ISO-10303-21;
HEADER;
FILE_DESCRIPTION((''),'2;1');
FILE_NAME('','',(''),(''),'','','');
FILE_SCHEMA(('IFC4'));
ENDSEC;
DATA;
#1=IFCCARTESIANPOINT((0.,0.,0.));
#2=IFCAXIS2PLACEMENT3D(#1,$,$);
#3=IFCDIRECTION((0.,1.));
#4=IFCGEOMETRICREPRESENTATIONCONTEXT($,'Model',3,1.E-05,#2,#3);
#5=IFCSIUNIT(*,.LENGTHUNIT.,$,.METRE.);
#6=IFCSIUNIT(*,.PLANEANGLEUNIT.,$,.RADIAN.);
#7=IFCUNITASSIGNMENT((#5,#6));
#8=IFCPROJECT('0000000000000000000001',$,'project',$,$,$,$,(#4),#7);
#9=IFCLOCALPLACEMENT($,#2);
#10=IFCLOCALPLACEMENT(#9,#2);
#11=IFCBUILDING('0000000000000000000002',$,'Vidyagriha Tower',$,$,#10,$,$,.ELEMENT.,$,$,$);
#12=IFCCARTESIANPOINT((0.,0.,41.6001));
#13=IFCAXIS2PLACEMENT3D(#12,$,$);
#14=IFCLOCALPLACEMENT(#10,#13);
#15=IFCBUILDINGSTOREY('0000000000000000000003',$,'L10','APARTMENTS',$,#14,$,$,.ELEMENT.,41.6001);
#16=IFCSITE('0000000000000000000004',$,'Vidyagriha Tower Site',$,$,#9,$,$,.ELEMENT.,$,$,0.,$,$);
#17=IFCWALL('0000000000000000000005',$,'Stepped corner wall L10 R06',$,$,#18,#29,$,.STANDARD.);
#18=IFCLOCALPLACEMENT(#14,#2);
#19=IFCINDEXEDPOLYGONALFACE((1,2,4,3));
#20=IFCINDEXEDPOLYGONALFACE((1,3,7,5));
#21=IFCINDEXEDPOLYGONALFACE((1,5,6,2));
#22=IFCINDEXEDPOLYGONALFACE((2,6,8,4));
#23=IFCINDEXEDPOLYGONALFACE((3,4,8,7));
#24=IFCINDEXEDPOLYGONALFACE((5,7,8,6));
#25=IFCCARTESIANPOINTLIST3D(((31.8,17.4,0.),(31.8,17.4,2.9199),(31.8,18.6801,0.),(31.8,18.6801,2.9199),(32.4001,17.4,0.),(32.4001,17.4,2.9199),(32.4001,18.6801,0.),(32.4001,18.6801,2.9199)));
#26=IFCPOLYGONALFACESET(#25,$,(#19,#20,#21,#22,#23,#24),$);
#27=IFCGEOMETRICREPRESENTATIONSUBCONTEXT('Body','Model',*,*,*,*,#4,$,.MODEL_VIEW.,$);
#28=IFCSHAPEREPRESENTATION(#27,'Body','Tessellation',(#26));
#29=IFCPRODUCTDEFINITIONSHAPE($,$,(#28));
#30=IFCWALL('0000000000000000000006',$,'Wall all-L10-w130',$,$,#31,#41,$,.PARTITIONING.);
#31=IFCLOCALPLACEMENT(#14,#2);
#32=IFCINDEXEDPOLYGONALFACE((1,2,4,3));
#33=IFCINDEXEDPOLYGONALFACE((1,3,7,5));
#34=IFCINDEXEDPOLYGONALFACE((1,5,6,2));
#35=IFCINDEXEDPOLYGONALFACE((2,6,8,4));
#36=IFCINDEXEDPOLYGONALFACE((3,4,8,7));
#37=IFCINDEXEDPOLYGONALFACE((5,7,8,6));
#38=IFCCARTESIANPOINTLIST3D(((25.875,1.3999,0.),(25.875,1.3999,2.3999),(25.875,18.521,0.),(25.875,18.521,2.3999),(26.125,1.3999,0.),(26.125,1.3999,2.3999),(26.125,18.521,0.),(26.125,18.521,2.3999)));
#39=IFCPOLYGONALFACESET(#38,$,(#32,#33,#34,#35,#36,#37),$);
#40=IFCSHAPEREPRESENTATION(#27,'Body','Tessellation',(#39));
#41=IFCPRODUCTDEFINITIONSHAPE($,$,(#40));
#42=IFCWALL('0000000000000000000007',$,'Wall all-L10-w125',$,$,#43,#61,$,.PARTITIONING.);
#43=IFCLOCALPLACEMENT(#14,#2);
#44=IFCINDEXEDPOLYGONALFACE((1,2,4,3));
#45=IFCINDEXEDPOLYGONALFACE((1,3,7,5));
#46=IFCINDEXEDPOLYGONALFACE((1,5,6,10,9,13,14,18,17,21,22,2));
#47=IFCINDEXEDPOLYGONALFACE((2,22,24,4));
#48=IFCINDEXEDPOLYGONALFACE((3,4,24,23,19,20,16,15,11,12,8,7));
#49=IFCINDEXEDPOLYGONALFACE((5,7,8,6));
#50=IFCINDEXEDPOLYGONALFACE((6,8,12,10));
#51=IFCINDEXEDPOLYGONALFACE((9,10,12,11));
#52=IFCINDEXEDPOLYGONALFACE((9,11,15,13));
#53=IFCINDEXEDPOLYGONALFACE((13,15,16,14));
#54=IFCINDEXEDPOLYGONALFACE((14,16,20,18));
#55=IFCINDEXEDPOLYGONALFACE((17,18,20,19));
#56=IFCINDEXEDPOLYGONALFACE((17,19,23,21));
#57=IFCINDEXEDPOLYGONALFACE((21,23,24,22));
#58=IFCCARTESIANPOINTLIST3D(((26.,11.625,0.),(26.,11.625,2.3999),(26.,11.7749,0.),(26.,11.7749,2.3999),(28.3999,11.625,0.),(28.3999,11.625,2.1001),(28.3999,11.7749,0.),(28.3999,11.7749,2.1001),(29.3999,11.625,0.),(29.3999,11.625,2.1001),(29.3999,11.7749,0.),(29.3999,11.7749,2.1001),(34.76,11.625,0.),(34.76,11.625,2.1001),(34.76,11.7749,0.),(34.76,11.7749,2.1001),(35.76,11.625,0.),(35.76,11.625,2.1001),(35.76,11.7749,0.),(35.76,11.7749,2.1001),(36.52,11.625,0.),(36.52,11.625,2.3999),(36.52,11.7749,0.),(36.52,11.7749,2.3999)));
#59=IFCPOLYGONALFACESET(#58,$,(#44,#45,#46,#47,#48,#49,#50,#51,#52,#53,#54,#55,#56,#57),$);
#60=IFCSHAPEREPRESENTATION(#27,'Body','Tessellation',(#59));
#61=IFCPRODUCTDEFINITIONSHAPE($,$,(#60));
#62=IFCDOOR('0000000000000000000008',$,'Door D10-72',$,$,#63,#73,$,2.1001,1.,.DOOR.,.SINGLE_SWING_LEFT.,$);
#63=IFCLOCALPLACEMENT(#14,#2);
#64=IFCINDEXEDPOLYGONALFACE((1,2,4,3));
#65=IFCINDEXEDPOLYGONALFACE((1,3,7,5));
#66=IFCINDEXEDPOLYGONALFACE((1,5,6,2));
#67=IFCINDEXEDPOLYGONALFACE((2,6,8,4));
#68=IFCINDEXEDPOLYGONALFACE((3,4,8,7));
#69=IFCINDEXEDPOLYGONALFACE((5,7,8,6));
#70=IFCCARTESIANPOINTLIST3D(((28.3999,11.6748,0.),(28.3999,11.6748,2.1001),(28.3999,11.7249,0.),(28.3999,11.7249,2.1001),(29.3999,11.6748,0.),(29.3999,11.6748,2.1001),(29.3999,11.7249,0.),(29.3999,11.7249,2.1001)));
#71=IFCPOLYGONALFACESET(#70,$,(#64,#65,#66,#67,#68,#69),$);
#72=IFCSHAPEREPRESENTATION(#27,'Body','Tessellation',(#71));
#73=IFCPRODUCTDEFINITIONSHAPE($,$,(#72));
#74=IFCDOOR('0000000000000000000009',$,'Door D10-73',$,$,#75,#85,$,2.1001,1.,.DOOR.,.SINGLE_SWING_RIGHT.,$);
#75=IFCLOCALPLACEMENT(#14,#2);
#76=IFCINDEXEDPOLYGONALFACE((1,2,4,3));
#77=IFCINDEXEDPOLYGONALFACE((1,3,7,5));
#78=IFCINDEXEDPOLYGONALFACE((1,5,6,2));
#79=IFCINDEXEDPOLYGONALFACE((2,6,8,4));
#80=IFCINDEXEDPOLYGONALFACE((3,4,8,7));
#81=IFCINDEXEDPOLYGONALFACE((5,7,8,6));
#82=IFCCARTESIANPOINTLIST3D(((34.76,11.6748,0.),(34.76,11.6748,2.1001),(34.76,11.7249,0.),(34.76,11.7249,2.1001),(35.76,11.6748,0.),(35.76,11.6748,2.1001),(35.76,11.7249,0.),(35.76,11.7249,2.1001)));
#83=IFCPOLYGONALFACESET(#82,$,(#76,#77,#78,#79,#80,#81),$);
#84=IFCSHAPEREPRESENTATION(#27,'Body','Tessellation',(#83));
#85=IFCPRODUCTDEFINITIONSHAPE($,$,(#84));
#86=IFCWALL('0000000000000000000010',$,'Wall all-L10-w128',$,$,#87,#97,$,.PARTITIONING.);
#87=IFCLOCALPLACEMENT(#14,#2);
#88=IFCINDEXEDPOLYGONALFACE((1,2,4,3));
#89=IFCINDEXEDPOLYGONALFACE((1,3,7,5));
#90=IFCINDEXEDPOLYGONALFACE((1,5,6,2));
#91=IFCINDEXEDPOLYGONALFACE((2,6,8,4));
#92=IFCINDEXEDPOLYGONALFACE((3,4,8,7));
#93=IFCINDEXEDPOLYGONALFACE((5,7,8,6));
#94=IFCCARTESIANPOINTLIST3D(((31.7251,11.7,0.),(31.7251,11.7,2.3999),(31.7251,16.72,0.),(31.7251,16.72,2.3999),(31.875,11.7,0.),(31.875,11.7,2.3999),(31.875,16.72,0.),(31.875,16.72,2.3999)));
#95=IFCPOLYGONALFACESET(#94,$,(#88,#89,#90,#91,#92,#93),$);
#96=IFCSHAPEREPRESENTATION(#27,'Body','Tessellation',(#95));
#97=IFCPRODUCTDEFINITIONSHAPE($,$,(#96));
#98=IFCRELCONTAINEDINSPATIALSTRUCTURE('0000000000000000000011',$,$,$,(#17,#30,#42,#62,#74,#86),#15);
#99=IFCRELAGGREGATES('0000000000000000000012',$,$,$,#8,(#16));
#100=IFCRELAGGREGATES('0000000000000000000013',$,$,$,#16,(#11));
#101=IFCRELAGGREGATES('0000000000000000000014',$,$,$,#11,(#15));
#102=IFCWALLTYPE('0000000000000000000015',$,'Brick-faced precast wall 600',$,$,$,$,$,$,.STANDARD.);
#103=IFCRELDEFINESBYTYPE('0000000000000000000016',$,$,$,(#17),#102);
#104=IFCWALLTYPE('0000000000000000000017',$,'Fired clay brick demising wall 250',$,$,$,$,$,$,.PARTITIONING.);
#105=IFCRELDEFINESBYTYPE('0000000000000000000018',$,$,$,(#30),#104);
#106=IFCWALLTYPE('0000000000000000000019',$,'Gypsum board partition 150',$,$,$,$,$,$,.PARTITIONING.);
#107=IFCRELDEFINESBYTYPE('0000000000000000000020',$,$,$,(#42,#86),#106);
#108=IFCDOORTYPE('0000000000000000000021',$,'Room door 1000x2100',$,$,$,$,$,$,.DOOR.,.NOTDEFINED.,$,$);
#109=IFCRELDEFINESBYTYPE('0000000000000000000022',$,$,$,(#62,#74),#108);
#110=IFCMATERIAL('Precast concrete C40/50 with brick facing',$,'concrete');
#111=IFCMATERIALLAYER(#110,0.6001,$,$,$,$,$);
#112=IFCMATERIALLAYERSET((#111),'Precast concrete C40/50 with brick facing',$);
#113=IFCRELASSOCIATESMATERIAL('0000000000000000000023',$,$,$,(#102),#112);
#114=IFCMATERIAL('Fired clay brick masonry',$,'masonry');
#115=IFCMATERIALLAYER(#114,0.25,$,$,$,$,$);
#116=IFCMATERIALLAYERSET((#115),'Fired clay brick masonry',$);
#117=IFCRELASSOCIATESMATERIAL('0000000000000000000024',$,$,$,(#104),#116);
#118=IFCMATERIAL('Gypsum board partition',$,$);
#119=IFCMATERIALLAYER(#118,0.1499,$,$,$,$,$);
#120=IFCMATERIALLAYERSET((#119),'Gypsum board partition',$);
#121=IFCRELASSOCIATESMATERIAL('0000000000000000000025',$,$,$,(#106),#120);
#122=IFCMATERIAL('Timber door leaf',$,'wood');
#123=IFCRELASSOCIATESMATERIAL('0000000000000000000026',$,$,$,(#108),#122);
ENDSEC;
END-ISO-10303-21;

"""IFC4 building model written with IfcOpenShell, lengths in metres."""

from ifc_helpers import new_model, si_unit, direction, frame, frame_2d, origin, place, context, subcontext, project, spatial, rectangle, extrude, material, layer, layer_set, type_object, element, fill, save


model = new_model("IFC4")

# Units and contexts
model_context = context("Model", 3, precision=1e-05, world=origin(), true_north=direction((0.0, 1.0)))
body_context = subcontext(model_context, "Body", "Model", "MODEL_VIEW")
ifc_project = project(units=[si_unit("LENGTHUNIT", "METRE"), si_unit("PLANEANGLEUNIT", "RADIAN")], contexts=[model_context])

# Site, building, storey
site_placement = place(None, origin())
site = spatial("IfcSite", under=ifc_project, at=site_placement, Name="Vidyagriha Tower Site", CompositionType="ELEMENT", RefElevation=0.0)
building_placement = place(site_placement, origin())
building = spatial("IfcBuilding", under=site, at=building_placement, Name="Vidyagriha Tower", CompositionType="ELEMENT")
storey_placement = place(building_placement, frame((0.0, 0.0, 41.6001)))
storey = spatial("IfcBuildingStorey", under=building, at=storey_placement, Name="L10", Description="APARTMENTS", CompositionType="ELEMENT", Elevation=41.6001)

# Shared definitions
ifc_material_1 = material(Name="Precast concrete C40/50 with brick facing", Category="concrete")
ifc_layer_1 = layer(ifc_material_1, 0.6001)
ifc_layer_set_1 = layer_set([ifc_layer_1], Name="Precast concrete C40/50 with brick facing")
wall_type_1 = type_object("IfcWallType", Name="Brick-faced precast wall 600", PredefinedType="STANDARD", material=ifc_layer_set_1)

# Walls
wall_1_placement = place(storey_placement, frame((32.1001, 17.3999, 0.0), z_axis=(0.0, 0.0, 1.0), x_axis=(0.0, 1.0, 0.0)))
element("IfcWall", 1, at=wall_1_placement, inside=storey, type_object=wall_type_1, Name="Stepped corner wall L10 R06", PredefinedType="STANDARD", context=body_context, shape_type="SweptSolid", body=[
    extrude(rectangle(XDim=1.28, YDim=0.6001, at=frame_2d((0.6401, 0.0))), origin(), (0.0, 0.0, 1.0), 2.9199),
])
ifc_material_2 = material(Name="Fired clay brick masonry", Category="masonry")
ifc_layer_2 = layer(ifc_material_2, 0.25)
ifc_layer_set_2 = layer_set([ifc_layer_2], Name="Fired clay brick masonry")
wall_type_2 = type_object("IfcWallType", Name="Fired clay brick demising wall 250", PredefinedType="PARTITIONING", material=ifc_layer_set_2)
wall_2_placement = place(storey_placement, frame((26.0, 18.521, 0.0), z_axis=(0.0, 0.0, 1.0), x_axis=(0.0, -1.0, 0.0)))
element("IfcWall", 2, at=wall_2_placement, inside=storey, type_object=wall_type_2, Name="Wall all-L10-w130", PredefinedType="PARTITIONING", context=body_context, shape_type="SweptSolid", body=[
    extrude(rectangle(XDim=17.1211, YDim=0.25, at=frame_2d((8.5605, 0.0))), origin(), (0.0, 0.0, 1.0), 2.3999),
])

# Wall, openings, doors
ifc_material_3 = material(Name="Gypsum board partition")
ifc_layer_3 = layer(ifc_material_3, 0.1499)
ifc_layer_set_3 = layer_set([ifc_layer_3], Name="Gypsum board partition")
wall_type_3 = type_object("IfcWallType", Name="Gypsum board partition 150", PredefinedType="PARTITIONING", material=ifc_layer_set_3)
wall_3_placement = place(storey_placement, frame((26.0, 11.7, 0.0)))
wall_3 = element("IfcWall", 3, at=wall_3_placement, inside=storey, type_object=wall_type_3, Name="Wall all-L10-w125", PredefinedType="PARTITIONING", context=body_context, shape_type="SweptSolid", body=[
    extrude(rectangle(XDim=10.52, YDim=0.1499, at=frame_2d((5.26, 0.0))), origin(), (0.0, 0.0, 1.0), 2.3999),
])
opening_1_placement = place(wall_3_placement, frame((2.3999, 0.0, 0.0)))
opening_1 = element("IfcOpeningElement", 4, at=opening_1_placement, cuts=wall_3, PredefinedType="OPENING", context=body_context, shape_type="SweptSolid", body=[
    extrude(rectangle(XDim=1.0, YDim=2.1001, at=frame_2d((0.5, 1.05))), frame((0.0, 0.085, 0.0), z_axis=(0.0, -1.0, 0.0), x_axis=(1.0, 0.0, 0.0)), (0.0, 0.0, 1.0), 0.1699),
])
opening_2_placement = place(wall_3_placement, frame((8.76, 0.0, 0.0)))
opening_2 = element("IfcOpeningElement", 5, at=opening_2_placement, cuts=wall_3, PredefinedType="OPENING", context=body_context, shape_type="SweptSolid", body=[
    extrude(rectangle(XDim=1.0, YDim=2.1001, at=frame_2d((0.5, 1.05))), frame((0.0, 0.085, 0.0), z_axis=(0.0, -1.0, 0.0), x_axis=(1.0, 0.0, 0.0)), (0.0, 0.0, 1.0), 0.1699),
])
ifc_material_4 = material(Name="Timber door leaf", Category="wood")
door_type = type_object("IfcDoorType", Name="Room door 1000x2100", OperationType="NOTDEFINED", PredefinedType="DOOR", material=ifc_material_4)
door_1_placement = place(opening_1_placement, origin())
door_1 = element("IfcDoor", 6, at=door_1_placement, inside=storey, type_object=door_type, Name="Door D10-72", OperationType="SINGLE_SWING_LEFT", OverallHeight=2.1001, OverallWidth=1.0, PredefinedType="DOOR", context=body_context, shape_type="SweptSolid", body=[
    extrude(rectangle(XDim=1.0, YDim=2.1001, at=frame_2d((0.5, 1.05))), frame((0.0, 0.0249, 0.0), z_axis=(0.0, -1.0, 0.0), x_axis=(1.0, 0.0, 0.0)), (0.0, 0.0, 1.0), 0.05),
])
fill(opening_1, door_1)
door_2_placement = place(opening_2_placement, origin())
door_2 = element("IfcDoor", 7, at=door_2_placement, inside=storey, type_object=door_type, Name="Door D10-73", OperationType="SINGLE_SWING_RIGHT", OverallHeight=2.1001, OverallWidth=1.0, PredefinedType="DOOR", context=body_context, shape_type="SweptSolid", body=[
    extrude(rectangle(XDim=1.0, YDim=2.1001, at=frame_2d((0.5, 1.05))), frame((0.0, 0.0249, 0.0), z_axis=(0.0, -1.0, 0.0), x_axis=(1.0, 0.0, 0.0)), (0.0, 0.0, 1.0), 0.05),
])
fill(opening_2, door_2)

# Wall
wall_4_placement = place(storey_placement, frame((31.8, 16.72, 0.0), z_axis=(0.0, 0.0, 1.0), x_axis=(0.0, -1.0, 0.0)))
element("IfcWall", 8, at=wall_4_placement, inside=storey, type_object=wall_type_3, Name="Wall all-L10-w128", PredefinedType="PARTITIONING", context=body_context, shape_type="SweptSolid", body=[
    extrude(rectangle(XDim=5.02, YDim=0.1499, at=frame_2d((2.51, 0.0))), origin(), (0.0, 0.0, 1.0), 2.3999),
])

save(model, "model.ifc")
